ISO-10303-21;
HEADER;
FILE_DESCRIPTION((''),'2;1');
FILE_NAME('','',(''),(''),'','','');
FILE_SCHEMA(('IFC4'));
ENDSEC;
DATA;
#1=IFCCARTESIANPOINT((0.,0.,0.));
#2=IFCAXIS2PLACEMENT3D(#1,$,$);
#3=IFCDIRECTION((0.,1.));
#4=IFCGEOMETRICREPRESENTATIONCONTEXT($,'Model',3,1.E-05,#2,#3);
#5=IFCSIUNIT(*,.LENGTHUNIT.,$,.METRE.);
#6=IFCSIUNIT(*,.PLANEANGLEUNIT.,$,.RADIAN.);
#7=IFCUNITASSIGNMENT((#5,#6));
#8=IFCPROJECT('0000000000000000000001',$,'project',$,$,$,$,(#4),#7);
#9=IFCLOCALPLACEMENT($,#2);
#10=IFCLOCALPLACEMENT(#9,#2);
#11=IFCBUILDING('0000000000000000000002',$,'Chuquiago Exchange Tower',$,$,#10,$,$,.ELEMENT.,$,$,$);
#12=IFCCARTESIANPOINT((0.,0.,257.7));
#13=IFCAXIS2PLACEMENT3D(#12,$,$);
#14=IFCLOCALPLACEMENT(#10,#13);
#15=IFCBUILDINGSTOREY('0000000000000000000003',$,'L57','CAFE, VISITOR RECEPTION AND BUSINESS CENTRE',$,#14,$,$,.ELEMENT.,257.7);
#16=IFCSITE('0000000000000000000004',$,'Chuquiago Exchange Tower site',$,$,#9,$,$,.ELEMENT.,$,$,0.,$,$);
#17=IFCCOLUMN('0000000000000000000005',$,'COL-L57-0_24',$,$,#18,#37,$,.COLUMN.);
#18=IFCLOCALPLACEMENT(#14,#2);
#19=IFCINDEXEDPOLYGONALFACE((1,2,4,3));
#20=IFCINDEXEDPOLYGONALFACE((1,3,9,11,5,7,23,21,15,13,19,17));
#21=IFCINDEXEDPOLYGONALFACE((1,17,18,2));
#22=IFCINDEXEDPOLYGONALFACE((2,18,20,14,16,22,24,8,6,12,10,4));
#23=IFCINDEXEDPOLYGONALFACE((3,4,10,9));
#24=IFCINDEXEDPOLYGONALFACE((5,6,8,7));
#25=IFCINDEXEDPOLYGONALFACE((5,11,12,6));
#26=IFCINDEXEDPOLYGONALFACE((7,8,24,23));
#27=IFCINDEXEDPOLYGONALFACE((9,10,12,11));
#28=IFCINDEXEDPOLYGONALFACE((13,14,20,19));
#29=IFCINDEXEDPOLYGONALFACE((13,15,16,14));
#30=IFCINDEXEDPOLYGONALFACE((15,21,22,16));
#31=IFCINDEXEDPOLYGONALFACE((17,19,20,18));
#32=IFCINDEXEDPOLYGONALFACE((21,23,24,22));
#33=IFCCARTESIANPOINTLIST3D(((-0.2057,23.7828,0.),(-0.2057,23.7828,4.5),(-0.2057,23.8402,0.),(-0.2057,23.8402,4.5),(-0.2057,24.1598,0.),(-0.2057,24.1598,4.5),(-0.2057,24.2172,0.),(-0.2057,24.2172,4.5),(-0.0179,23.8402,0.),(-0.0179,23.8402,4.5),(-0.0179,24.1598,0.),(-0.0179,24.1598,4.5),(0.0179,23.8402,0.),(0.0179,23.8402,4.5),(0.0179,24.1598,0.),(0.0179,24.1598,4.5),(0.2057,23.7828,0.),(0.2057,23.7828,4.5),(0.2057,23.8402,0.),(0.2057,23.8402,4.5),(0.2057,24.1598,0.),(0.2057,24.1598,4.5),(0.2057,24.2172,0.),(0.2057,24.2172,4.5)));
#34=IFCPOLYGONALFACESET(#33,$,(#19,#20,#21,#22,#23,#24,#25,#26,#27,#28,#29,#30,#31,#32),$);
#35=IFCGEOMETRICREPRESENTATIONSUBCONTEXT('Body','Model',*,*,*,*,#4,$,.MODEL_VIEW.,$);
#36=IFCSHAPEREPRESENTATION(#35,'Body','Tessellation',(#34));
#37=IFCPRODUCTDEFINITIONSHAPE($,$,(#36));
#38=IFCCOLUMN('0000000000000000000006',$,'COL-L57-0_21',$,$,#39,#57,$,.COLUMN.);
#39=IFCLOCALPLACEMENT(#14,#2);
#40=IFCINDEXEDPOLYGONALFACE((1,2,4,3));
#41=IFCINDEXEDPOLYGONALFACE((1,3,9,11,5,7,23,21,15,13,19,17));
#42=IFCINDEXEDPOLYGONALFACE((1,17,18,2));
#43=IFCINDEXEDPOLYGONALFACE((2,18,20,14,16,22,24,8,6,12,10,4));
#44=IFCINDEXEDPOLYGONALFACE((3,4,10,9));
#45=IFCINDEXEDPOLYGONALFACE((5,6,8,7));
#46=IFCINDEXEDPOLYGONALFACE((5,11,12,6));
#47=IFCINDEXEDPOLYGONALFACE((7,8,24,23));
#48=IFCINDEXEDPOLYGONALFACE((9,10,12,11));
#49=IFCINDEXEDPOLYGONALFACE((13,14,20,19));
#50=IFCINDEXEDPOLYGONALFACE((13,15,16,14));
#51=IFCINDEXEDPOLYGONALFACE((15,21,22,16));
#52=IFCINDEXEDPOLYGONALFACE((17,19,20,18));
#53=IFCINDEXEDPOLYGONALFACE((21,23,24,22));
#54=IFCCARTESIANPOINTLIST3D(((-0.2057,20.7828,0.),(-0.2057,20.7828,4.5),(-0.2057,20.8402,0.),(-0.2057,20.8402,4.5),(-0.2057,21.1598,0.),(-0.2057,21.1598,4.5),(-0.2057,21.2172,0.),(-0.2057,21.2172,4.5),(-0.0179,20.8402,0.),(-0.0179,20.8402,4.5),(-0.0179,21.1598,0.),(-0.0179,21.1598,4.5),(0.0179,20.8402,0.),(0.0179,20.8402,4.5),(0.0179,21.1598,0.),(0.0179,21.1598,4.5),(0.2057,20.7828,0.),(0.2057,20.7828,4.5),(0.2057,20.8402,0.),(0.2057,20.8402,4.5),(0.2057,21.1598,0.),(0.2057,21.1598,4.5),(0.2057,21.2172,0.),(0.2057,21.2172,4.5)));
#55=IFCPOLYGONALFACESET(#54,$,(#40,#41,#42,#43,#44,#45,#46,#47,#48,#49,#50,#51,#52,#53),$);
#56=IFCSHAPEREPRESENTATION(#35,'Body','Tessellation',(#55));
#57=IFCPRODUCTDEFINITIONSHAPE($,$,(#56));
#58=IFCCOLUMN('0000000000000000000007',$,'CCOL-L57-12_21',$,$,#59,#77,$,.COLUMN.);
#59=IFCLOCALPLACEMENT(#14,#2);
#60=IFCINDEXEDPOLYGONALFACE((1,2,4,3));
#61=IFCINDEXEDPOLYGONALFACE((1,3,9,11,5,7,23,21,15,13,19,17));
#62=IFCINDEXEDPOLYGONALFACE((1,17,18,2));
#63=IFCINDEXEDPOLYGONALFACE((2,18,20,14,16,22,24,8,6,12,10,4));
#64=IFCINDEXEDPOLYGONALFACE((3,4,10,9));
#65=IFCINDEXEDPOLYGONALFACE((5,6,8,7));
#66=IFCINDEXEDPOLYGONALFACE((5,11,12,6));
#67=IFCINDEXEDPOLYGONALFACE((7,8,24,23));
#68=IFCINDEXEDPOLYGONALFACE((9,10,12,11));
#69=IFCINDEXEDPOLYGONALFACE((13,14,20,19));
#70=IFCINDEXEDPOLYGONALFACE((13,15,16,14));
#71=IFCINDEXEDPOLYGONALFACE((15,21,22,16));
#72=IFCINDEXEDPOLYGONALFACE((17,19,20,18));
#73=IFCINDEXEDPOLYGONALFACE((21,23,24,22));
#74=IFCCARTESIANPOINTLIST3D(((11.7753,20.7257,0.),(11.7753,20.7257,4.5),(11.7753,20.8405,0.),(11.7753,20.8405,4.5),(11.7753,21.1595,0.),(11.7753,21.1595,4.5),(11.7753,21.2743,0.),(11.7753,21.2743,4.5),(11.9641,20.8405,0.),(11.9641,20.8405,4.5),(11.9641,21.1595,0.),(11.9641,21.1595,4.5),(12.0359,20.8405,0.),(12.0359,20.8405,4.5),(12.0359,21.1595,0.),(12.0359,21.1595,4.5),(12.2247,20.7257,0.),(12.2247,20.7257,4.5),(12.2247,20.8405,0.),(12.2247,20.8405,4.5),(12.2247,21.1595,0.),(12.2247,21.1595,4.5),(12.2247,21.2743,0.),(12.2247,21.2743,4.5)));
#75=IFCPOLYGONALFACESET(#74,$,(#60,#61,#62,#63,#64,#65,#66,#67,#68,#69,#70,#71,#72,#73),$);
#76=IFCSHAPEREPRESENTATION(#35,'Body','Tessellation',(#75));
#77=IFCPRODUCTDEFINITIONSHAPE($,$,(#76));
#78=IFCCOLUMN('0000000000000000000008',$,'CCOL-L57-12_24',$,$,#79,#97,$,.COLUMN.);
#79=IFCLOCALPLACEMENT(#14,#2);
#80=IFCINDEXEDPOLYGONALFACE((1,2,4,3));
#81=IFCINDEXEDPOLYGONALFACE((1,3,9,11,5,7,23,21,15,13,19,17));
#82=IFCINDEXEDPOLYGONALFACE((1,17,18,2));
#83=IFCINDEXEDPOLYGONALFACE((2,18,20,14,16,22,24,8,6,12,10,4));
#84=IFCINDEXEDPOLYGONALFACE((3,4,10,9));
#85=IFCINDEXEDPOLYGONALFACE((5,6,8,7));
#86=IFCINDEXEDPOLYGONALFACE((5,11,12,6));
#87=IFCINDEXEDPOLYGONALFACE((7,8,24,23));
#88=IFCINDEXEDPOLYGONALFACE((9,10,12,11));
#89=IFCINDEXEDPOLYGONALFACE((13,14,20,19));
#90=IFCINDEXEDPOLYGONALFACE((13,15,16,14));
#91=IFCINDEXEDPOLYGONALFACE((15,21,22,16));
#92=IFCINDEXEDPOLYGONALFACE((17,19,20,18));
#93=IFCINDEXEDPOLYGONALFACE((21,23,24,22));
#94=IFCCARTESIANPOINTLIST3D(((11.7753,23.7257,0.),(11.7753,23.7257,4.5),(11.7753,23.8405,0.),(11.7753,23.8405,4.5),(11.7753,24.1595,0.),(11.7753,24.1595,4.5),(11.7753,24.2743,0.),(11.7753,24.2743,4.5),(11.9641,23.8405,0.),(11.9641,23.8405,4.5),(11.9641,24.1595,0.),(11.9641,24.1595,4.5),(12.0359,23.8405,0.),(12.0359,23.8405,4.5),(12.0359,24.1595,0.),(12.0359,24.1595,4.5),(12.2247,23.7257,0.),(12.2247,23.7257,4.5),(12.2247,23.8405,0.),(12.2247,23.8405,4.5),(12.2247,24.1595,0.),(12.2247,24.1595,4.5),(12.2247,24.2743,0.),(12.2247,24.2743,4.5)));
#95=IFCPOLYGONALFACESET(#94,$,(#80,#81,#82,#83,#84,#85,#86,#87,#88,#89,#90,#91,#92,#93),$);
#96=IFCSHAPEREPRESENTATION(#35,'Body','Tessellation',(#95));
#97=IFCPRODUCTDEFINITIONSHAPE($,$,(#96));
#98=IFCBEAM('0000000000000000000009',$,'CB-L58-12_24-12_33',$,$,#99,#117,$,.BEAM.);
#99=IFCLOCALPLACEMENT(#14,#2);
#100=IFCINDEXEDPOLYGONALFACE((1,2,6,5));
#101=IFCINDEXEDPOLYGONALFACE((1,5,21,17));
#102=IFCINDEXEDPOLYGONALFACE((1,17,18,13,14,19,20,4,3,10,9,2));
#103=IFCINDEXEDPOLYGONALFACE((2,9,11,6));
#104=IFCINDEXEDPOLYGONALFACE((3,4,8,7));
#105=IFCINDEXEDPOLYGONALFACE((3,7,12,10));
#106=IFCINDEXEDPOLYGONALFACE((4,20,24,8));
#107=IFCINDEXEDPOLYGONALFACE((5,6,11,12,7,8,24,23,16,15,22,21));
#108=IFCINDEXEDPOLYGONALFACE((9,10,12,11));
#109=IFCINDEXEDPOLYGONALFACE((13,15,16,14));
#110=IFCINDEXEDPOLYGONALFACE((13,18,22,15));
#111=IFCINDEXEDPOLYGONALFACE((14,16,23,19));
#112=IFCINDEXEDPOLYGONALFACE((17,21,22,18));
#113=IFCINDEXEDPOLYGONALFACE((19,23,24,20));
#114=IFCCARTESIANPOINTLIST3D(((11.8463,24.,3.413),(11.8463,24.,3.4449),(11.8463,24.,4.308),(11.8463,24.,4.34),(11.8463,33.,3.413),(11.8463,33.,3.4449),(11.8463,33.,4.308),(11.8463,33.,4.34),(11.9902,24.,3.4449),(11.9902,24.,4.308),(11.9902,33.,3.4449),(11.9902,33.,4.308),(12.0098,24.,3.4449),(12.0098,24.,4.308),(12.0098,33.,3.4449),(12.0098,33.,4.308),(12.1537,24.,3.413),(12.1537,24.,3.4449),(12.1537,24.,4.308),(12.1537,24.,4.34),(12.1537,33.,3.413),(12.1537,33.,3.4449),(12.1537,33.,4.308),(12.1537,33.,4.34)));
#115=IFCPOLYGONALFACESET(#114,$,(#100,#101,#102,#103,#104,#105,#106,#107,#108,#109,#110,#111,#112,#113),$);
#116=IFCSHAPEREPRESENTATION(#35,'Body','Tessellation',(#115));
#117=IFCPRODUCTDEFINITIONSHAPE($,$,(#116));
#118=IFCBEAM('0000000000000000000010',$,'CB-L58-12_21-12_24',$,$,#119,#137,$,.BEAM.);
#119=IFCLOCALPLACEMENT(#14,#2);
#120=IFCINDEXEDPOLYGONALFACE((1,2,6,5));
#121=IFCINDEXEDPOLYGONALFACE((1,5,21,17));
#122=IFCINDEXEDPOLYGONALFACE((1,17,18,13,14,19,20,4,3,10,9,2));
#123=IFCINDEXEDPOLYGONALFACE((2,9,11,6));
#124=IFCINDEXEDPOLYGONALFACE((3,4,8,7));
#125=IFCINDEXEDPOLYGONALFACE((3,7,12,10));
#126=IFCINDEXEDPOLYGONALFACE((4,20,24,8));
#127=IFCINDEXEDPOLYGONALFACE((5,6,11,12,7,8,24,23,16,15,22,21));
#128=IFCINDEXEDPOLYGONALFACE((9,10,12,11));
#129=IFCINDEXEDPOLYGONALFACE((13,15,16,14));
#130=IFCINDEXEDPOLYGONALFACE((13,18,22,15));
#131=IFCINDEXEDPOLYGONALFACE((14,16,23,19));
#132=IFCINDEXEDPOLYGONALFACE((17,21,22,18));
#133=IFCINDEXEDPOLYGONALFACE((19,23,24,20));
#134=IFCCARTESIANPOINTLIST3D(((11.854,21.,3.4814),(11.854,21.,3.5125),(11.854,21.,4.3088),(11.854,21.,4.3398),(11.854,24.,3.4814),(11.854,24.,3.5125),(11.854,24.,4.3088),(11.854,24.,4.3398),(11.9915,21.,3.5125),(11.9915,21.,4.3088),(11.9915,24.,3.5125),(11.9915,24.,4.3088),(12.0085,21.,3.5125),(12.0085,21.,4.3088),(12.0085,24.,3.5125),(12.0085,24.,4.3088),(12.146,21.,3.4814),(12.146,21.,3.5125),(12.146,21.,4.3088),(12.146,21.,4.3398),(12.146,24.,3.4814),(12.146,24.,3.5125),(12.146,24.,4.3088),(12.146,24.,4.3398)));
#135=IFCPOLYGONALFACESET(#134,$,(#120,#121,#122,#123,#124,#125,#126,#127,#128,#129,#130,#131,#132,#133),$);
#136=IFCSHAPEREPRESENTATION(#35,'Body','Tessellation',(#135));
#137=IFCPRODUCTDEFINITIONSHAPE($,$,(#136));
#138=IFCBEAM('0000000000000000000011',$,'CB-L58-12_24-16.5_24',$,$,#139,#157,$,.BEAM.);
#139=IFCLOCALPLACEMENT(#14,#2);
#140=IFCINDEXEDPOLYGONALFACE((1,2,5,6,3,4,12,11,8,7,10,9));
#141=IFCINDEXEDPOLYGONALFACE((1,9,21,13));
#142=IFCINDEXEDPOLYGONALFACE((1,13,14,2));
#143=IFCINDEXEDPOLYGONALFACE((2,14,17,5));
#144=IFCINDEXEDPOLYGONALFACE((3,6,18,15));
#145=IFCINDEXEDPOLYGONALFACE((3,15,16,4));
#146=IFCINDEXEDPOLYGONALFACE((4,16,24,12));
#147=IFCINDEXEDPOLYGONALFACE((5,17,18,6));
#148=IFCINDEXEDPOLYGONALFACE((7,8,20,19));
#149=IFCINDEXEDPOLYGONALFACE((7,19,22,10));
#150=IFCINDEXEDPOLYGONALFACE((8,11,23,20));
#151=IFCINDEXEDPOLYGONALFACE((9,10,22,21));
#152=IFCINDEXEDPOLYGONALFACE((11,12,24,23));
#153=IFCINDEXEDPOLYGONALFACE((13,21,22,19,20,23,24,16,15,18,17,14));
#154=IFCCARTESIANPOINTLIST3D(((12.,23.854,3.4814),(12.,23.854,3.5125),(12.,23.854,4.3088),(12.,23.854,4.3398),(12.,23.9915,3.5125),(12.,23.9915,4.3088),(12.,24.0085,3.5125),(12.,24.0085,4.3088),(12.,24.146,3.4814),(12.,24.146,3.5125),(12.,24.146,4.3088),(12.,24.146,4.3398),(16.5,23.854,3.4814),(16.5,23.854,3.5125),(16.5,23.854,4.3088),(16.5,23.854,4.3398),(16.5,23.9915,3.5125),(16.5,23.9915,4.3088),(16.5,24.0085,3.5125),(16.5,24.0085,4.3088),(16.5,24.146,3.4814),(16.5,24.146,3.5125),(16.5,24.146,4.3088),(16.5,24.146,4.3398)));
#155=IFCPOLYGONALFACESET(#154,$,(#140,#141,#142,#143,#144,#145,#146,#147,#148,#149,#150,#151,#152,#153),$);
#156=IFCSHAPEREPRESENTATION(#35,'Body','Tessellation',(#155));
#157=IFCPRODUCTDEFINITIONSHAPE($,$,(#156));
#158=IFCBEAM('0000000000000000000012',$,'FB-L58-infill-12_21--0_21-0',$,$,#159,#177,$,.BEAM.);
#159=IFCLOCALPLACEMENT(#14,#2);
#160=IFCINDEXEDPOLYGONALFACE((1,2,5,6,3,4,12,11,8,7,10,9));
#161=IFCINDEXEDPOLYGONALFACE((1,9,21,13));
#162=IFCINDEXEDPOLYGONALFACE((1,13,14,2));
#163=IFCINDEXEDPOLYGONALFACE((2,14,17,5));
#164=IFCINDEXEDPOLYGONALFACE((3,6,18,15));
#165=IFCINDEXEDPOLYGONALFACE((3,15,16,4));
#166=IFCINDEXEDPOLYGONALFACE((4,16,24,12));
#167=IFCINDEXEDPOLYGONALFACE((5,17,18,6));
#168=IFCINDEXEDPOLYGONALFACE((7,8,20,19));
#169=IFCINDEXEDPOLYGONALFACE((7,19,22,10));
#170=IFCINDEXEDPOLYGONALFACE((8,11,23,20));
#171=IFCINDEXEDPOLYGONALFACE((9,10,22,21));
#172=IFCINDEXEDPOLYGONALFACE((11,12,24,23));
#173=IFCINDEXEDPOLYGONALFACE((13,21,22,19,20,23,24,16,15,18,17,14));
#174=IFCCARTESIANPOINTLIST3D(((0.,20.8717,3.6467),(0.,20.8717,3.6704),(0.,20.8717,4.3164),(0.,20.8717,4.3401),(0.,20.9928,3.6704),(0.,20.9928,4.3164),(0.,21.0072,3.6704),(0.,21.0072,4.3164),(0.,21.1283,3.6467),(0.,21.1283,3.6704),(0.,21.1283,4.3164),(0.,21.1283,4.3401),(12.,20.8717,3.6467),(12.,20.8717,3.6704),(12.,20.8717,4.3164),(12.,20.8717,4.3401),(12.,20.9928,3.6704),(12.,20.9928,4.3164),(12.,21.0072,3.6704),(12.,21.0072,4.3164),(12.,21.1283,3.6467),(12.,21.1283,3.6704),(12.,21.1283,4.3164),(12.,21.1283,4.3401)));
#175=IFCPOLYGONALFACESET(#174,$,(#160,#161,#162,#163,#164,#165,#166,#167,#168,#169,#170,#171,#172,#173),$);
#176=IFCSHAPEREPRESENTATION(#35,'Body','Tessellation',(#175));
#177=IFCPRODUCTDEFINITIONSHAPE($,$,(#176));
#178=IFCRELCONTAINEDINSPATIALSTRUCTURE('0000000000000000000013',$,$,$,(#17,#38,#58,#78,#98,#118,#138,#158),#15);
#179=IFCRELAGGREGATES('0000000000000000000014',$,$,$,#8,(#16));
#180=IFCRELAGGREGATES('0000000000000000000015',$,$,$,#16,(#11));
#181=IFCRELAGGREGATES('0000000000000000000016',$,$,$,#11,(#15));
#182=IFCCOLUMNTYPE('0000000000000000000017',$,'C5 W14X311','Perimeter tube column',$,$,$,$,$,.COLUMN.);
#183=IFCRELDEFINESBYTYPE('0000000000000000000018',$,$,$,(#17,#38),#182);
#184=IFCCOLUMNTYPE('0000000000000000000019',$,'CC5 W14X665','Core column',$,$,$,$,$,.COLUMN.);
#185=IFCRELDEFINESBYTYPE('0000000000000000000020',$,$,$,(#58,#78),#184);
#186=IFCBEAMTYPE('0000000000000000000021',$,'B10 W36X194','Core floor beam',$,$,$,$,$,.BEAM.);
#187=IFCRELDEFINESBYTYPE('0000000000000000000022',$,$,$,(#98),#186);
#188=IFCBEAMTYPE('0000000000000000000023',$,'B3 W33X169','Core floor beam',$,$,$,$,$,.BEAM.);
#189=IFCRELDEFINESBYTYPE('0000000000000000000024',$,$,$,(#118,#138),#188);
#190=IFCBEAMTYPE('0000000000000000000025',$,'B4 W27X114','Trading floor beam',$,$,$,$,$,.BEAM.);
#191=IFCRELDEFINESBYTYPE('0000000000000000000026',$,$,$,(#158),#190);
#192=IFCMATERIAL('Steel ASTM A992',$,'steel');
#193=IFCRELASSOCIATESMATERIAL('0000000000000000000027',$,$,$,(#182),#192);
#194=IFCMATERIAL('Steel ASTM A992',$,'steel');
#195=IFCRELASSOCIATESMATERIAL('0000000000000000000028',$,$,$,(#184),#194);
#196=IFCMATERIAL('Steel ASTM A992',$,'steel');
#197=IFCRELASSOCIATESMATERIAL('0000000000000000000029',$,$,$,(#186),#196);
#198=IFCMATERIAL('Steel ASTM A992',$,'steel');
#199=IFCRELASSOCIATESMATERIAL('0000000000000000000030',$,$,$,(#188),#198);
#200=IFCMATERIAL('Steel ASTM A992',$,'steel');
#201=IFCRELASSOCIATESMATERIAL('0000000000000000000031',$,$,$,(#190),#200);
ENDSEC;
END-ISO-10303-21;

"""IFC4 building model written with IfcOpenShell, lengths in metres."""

from ifc_helpers import new_model, si_unit, direction, frame, origin, origin_2d, place, context, subcontext, project, spatial, i_section, extrude, material, material_profile, profile_set, type_object, element, save


model = new_model("IFC4")

# Units and contexts
model_context = context("Model", 3, precision=1e-05, world=origin(), true_north=direction((0.0, 1.0)))
body_context = subcontext(model_context, "Body", "Model", "MODEL_VIEW")
ifc_project = project(units=[si_unit("LENGTHUNIT", "METRE"), si_unit("PLANEANGLEUNIT", "RADIAN")], contexts=[model_context])

# Site, building, storey
site_placement = place(None, origin())
site = spatial("IfcSite", under=ifc_project, at=site_placement, Name="Chuquiago Exchange Tower site", CompositionType="ELEMENT", RefElevation=0.0)
building_placement = place(site_placement, origin())
building = spatial("IfcBuilding", under=site, at=building_placement, Name="Chuquiago Exchange Tower", CompositionType="ELEMENT")
storey_placement = place(building_placement, frame((0.0, 0.0, 257.7)))
storey = spatial("IfcBuildingStorey", under=building, at=storey_placement, Name="L57", Description="CAFE, VISITOR RECEPTION AND BUSINESS CENTRE", CompositionType="ELEMENT", Elevation=257.7)

# Columns
ifc_material_1 = material(Name="Steel ASTM A992", Category="steel")
ifc_material_profile_1 = material_profile(ifc_material_1, i_section(OverallWidth=0.4114, OverallDepth=0.4343, WebThickness=0.0359, FlangeThickness=0.0574, at=origin_2d()), Name="W14X311")
ifc_profile_set_1 = profile_set([ifc_material_profile_1], Name="Steel ASTM A992")
column_type_1 = type_object("IfcColumnType", Name="C5 W14X311", Description="Perimeter tube column", PredefinedType="COLUMN", material=ifc_profile_set_1)
for number, where, z_axis, x_axis, name in (
    (1, (0.0, 24.0, 0.0), (0.0, 0.0, 1.0), (-1.0, 0.0, 0.0), "COL-L57-0_24"),
    (2, (0.0, 21.0, 0.0), (0.0, 0.0, 1.0), (-1.0, 0.0, 0.0), "COL-L57-0_21"),
):
    element("IfcColumn", number, at=place(storey_placement, frame(where, z_axis=z_axis, x_axis=x_axis)), inside=storey, type_object=column_type_1, Name=name, PredefinedType="COLUMN", context=body_context, shape_type="SweptSolid", body=[
        extrude(i_section(OverallWidth=0.4114, OverallDepth=0.4343, WebThickness=0.0359, FlangeThickness=0.0574, at=origin_2d()), origin(), (0.0, 0.0, 1.0), 4.5),
    ])
ifc_material_2 = material(Name="Steel ASTM A992", Category="steel")
ifc_material_profile_2 = material_profile(ifc_material_2, i_section(OverallWidth=0.4495, OverallDepth=0.5486, WebThickness=0.0718, FlangeThickness=0.1147, at=origin_2d()), Name="W14X665")
ifc_profile_set_2 = profile_set([ifc_material_profile_2], Name="Steel ASTM A992")
column_type_2 = type_object("IfcColumnType", Name="CC5 W14X665", Description="Core column", PredefinedType="COLUMN", material=ifc_profile_set_2)
for number, where, z_axis, x_axis, name in (
    (3, (12.0, 21.0, 0.0), (0.0, 0.0, 1.0), (1.0, 0.0, 0.0), "CCOL-L57-12_21"),
    (4, (12.0, 24.0, 0.0), (0.0, 0.0, 1.0), (1.0, 0.0, 0.0), "CCOL-L57-12_24"),
):
    element("IfcColumn", number, at=place(storey_placement, frame(where, z_axis=z_axis, x_axis=x_axis)), inside=storey, type_object=column_type_2, Name=name, PredefinedType="COLUMN", context=body_context, shape_type="SweptSolid", body=[
        extrude(i_section(OverallWidth=0.4495, OverallDepth=0.5486, WebThickness=0.0718, FlangeThickness=0.1147, at=origin_2d()), origin(), (0.0, 0.0, 1.0), 4.5),
    ])

# Beams
ifc_material_3 = material(Name="Steel ASTM A992", Category="steel")
ifc_material_profile_3 = material_profile(ifc_material_3, i_section(OverallWidth=0.3074, OverallDepth=0.927, WebThickness=0.0195, FlangeThickness=0.032, at=origin_2d()), Name="W36X194")
ifc_profile_set_3 = profile_set([ifc_material_profile_3], Name="Steel ASTM A992")
beam_type_1 = type_object("IfcBeamType", Name="B10 W36X194", Description="Core floor beam", PredefinedType="BEAM", material=ifc_profile_set_3)
beam_1_placement = place(storey_placement, frame((12.0, 24.0, 3.8765), z_axis=(0.0, 1.0, 0.0), x_axis=(-1.0, 0.0, 0.0)))
element("IfcBeam", 5, at=beam_1_placement, inside=storey, type_object=beam_type_1, Name="CB-L58-12_24-12_33", PredefinedType="BEAM", context=body_context, shape_type="SweptSolid", body=[
    extrude(i_section(OverallWidth=0.3074, OverallDepth=0.927, WebThickness=0.0195, FlangeThickness=0.032, at=origin_2d()), origin(), (0.0, 0.0, 1.0), 9.0),
])
ifc_material_4 = material(Name="Steel ASTM A992", Category="steel")
ifc_material_profile_4 = material_profile(ifc_material_4, i_section(OverallWidth=0.292, OverallDepth=0.8584, WebThickness=0.0171, FlangeThickness=0.031, at=origin_2d()), Name="W33X169")
ifc_profile_set_4 = profile_set([ifc_material_profile_4], Name="Steel ASTM A992")
beam_type_2 = type_object("IfcBeamType", Name="B3 W33X169", Description="Core floor beam", PredefinedType="BEAM", material=ifc_profile_set_4)
beam_2_placement = place(storey_placement, frame((12.0, 21.0, 3.9106), z_axis=(0.0, 1.0, 0.0), x_axis=(-1.0, 0.0, 0.0)))
element("IfcBeam", 6, at=beam_2_placement, inside=storey, type_object=beam_type_2, Name="CB-L58-12_21-12_24", PredefinedType="BEAM", context=body_context, shape_type="SweptSolid", body=[
    extrude(i_section(OverallWidth=0.292, OverallDepth=0.8584, WebThickness=0.0171, FlangeThickness=0.031, at=origin_2d()), origin(), (0.0, 0.0, 1.0), 3.0),
])
beam_3_placement = place(storey_placement, frame((12.0, 24.0, 3.9106), z_axis=(1.0, 0.0, 0.0), x_axis=(0.0, 1.0, 0.0)))
element("IfcBeam", 7, at=beam_3_placement, inside=storey, type_object=beam_type_2, Name="CB-L58-12_24-16.5_24", PredefinedType="BEAM", context=body_context, shape_type="SweptSolid", body=[
    extrude(i_section(OverallWidth=0.292, OverallDepth=0.8584, WebThickness=0.0171, FlangeThickness=0.031, at=origin_2d()), origin(), (0.0, 0.0, 1.0), 4.5),
])
ifc_material_5 = material(Name="Steel ASTM A992", Category="steel")
ifc_material_profile_5 = material_profile(ifc_material_5, i_section(OverallWidth=0.2566, OverallDepth=0.6934, WebThickness=0.0144, FlangeThickness=0.0237, at=origin_2d()), Name="W27X114")
ifc_profile_set_5 = profile_set([ifc_material_profile_5], Name="Steel ASTM A992")
beam_type_3 = type_object("IfcBeamType", Name="B4 W27X114", Description="Trading floor beam", PredefinedType="BEAM", material=ifc_profile_set_5)
for number, where, z_axis, x_axis, name in (
    (8, (12.0, 21.0, 3.9934), (-1.0, 0.0, 0.0), (0.0, -1.0, 0.0), "FB-L58-infill-12_21--0_21-0"),
):
    element("IfcBeam", number, at=place(storey_placement, frame(where, z_axis=z_axis, x_axis=x_axis)), inside=storey, type_object=beam_type_3, Name=name, PredefinedType="BEAM", context=body_context, shape_type="SweptSolid", body=[
        extrude(i_section(OverallWidth=0.2566, OverallDepth=0.6934, WebThickness=0.0144, FlangeThickness=0.0237, at=origin_2d()), origin(), (0.0, 0.0, 1.0), 12.0),
    ])

save(model, "model.ifc")
